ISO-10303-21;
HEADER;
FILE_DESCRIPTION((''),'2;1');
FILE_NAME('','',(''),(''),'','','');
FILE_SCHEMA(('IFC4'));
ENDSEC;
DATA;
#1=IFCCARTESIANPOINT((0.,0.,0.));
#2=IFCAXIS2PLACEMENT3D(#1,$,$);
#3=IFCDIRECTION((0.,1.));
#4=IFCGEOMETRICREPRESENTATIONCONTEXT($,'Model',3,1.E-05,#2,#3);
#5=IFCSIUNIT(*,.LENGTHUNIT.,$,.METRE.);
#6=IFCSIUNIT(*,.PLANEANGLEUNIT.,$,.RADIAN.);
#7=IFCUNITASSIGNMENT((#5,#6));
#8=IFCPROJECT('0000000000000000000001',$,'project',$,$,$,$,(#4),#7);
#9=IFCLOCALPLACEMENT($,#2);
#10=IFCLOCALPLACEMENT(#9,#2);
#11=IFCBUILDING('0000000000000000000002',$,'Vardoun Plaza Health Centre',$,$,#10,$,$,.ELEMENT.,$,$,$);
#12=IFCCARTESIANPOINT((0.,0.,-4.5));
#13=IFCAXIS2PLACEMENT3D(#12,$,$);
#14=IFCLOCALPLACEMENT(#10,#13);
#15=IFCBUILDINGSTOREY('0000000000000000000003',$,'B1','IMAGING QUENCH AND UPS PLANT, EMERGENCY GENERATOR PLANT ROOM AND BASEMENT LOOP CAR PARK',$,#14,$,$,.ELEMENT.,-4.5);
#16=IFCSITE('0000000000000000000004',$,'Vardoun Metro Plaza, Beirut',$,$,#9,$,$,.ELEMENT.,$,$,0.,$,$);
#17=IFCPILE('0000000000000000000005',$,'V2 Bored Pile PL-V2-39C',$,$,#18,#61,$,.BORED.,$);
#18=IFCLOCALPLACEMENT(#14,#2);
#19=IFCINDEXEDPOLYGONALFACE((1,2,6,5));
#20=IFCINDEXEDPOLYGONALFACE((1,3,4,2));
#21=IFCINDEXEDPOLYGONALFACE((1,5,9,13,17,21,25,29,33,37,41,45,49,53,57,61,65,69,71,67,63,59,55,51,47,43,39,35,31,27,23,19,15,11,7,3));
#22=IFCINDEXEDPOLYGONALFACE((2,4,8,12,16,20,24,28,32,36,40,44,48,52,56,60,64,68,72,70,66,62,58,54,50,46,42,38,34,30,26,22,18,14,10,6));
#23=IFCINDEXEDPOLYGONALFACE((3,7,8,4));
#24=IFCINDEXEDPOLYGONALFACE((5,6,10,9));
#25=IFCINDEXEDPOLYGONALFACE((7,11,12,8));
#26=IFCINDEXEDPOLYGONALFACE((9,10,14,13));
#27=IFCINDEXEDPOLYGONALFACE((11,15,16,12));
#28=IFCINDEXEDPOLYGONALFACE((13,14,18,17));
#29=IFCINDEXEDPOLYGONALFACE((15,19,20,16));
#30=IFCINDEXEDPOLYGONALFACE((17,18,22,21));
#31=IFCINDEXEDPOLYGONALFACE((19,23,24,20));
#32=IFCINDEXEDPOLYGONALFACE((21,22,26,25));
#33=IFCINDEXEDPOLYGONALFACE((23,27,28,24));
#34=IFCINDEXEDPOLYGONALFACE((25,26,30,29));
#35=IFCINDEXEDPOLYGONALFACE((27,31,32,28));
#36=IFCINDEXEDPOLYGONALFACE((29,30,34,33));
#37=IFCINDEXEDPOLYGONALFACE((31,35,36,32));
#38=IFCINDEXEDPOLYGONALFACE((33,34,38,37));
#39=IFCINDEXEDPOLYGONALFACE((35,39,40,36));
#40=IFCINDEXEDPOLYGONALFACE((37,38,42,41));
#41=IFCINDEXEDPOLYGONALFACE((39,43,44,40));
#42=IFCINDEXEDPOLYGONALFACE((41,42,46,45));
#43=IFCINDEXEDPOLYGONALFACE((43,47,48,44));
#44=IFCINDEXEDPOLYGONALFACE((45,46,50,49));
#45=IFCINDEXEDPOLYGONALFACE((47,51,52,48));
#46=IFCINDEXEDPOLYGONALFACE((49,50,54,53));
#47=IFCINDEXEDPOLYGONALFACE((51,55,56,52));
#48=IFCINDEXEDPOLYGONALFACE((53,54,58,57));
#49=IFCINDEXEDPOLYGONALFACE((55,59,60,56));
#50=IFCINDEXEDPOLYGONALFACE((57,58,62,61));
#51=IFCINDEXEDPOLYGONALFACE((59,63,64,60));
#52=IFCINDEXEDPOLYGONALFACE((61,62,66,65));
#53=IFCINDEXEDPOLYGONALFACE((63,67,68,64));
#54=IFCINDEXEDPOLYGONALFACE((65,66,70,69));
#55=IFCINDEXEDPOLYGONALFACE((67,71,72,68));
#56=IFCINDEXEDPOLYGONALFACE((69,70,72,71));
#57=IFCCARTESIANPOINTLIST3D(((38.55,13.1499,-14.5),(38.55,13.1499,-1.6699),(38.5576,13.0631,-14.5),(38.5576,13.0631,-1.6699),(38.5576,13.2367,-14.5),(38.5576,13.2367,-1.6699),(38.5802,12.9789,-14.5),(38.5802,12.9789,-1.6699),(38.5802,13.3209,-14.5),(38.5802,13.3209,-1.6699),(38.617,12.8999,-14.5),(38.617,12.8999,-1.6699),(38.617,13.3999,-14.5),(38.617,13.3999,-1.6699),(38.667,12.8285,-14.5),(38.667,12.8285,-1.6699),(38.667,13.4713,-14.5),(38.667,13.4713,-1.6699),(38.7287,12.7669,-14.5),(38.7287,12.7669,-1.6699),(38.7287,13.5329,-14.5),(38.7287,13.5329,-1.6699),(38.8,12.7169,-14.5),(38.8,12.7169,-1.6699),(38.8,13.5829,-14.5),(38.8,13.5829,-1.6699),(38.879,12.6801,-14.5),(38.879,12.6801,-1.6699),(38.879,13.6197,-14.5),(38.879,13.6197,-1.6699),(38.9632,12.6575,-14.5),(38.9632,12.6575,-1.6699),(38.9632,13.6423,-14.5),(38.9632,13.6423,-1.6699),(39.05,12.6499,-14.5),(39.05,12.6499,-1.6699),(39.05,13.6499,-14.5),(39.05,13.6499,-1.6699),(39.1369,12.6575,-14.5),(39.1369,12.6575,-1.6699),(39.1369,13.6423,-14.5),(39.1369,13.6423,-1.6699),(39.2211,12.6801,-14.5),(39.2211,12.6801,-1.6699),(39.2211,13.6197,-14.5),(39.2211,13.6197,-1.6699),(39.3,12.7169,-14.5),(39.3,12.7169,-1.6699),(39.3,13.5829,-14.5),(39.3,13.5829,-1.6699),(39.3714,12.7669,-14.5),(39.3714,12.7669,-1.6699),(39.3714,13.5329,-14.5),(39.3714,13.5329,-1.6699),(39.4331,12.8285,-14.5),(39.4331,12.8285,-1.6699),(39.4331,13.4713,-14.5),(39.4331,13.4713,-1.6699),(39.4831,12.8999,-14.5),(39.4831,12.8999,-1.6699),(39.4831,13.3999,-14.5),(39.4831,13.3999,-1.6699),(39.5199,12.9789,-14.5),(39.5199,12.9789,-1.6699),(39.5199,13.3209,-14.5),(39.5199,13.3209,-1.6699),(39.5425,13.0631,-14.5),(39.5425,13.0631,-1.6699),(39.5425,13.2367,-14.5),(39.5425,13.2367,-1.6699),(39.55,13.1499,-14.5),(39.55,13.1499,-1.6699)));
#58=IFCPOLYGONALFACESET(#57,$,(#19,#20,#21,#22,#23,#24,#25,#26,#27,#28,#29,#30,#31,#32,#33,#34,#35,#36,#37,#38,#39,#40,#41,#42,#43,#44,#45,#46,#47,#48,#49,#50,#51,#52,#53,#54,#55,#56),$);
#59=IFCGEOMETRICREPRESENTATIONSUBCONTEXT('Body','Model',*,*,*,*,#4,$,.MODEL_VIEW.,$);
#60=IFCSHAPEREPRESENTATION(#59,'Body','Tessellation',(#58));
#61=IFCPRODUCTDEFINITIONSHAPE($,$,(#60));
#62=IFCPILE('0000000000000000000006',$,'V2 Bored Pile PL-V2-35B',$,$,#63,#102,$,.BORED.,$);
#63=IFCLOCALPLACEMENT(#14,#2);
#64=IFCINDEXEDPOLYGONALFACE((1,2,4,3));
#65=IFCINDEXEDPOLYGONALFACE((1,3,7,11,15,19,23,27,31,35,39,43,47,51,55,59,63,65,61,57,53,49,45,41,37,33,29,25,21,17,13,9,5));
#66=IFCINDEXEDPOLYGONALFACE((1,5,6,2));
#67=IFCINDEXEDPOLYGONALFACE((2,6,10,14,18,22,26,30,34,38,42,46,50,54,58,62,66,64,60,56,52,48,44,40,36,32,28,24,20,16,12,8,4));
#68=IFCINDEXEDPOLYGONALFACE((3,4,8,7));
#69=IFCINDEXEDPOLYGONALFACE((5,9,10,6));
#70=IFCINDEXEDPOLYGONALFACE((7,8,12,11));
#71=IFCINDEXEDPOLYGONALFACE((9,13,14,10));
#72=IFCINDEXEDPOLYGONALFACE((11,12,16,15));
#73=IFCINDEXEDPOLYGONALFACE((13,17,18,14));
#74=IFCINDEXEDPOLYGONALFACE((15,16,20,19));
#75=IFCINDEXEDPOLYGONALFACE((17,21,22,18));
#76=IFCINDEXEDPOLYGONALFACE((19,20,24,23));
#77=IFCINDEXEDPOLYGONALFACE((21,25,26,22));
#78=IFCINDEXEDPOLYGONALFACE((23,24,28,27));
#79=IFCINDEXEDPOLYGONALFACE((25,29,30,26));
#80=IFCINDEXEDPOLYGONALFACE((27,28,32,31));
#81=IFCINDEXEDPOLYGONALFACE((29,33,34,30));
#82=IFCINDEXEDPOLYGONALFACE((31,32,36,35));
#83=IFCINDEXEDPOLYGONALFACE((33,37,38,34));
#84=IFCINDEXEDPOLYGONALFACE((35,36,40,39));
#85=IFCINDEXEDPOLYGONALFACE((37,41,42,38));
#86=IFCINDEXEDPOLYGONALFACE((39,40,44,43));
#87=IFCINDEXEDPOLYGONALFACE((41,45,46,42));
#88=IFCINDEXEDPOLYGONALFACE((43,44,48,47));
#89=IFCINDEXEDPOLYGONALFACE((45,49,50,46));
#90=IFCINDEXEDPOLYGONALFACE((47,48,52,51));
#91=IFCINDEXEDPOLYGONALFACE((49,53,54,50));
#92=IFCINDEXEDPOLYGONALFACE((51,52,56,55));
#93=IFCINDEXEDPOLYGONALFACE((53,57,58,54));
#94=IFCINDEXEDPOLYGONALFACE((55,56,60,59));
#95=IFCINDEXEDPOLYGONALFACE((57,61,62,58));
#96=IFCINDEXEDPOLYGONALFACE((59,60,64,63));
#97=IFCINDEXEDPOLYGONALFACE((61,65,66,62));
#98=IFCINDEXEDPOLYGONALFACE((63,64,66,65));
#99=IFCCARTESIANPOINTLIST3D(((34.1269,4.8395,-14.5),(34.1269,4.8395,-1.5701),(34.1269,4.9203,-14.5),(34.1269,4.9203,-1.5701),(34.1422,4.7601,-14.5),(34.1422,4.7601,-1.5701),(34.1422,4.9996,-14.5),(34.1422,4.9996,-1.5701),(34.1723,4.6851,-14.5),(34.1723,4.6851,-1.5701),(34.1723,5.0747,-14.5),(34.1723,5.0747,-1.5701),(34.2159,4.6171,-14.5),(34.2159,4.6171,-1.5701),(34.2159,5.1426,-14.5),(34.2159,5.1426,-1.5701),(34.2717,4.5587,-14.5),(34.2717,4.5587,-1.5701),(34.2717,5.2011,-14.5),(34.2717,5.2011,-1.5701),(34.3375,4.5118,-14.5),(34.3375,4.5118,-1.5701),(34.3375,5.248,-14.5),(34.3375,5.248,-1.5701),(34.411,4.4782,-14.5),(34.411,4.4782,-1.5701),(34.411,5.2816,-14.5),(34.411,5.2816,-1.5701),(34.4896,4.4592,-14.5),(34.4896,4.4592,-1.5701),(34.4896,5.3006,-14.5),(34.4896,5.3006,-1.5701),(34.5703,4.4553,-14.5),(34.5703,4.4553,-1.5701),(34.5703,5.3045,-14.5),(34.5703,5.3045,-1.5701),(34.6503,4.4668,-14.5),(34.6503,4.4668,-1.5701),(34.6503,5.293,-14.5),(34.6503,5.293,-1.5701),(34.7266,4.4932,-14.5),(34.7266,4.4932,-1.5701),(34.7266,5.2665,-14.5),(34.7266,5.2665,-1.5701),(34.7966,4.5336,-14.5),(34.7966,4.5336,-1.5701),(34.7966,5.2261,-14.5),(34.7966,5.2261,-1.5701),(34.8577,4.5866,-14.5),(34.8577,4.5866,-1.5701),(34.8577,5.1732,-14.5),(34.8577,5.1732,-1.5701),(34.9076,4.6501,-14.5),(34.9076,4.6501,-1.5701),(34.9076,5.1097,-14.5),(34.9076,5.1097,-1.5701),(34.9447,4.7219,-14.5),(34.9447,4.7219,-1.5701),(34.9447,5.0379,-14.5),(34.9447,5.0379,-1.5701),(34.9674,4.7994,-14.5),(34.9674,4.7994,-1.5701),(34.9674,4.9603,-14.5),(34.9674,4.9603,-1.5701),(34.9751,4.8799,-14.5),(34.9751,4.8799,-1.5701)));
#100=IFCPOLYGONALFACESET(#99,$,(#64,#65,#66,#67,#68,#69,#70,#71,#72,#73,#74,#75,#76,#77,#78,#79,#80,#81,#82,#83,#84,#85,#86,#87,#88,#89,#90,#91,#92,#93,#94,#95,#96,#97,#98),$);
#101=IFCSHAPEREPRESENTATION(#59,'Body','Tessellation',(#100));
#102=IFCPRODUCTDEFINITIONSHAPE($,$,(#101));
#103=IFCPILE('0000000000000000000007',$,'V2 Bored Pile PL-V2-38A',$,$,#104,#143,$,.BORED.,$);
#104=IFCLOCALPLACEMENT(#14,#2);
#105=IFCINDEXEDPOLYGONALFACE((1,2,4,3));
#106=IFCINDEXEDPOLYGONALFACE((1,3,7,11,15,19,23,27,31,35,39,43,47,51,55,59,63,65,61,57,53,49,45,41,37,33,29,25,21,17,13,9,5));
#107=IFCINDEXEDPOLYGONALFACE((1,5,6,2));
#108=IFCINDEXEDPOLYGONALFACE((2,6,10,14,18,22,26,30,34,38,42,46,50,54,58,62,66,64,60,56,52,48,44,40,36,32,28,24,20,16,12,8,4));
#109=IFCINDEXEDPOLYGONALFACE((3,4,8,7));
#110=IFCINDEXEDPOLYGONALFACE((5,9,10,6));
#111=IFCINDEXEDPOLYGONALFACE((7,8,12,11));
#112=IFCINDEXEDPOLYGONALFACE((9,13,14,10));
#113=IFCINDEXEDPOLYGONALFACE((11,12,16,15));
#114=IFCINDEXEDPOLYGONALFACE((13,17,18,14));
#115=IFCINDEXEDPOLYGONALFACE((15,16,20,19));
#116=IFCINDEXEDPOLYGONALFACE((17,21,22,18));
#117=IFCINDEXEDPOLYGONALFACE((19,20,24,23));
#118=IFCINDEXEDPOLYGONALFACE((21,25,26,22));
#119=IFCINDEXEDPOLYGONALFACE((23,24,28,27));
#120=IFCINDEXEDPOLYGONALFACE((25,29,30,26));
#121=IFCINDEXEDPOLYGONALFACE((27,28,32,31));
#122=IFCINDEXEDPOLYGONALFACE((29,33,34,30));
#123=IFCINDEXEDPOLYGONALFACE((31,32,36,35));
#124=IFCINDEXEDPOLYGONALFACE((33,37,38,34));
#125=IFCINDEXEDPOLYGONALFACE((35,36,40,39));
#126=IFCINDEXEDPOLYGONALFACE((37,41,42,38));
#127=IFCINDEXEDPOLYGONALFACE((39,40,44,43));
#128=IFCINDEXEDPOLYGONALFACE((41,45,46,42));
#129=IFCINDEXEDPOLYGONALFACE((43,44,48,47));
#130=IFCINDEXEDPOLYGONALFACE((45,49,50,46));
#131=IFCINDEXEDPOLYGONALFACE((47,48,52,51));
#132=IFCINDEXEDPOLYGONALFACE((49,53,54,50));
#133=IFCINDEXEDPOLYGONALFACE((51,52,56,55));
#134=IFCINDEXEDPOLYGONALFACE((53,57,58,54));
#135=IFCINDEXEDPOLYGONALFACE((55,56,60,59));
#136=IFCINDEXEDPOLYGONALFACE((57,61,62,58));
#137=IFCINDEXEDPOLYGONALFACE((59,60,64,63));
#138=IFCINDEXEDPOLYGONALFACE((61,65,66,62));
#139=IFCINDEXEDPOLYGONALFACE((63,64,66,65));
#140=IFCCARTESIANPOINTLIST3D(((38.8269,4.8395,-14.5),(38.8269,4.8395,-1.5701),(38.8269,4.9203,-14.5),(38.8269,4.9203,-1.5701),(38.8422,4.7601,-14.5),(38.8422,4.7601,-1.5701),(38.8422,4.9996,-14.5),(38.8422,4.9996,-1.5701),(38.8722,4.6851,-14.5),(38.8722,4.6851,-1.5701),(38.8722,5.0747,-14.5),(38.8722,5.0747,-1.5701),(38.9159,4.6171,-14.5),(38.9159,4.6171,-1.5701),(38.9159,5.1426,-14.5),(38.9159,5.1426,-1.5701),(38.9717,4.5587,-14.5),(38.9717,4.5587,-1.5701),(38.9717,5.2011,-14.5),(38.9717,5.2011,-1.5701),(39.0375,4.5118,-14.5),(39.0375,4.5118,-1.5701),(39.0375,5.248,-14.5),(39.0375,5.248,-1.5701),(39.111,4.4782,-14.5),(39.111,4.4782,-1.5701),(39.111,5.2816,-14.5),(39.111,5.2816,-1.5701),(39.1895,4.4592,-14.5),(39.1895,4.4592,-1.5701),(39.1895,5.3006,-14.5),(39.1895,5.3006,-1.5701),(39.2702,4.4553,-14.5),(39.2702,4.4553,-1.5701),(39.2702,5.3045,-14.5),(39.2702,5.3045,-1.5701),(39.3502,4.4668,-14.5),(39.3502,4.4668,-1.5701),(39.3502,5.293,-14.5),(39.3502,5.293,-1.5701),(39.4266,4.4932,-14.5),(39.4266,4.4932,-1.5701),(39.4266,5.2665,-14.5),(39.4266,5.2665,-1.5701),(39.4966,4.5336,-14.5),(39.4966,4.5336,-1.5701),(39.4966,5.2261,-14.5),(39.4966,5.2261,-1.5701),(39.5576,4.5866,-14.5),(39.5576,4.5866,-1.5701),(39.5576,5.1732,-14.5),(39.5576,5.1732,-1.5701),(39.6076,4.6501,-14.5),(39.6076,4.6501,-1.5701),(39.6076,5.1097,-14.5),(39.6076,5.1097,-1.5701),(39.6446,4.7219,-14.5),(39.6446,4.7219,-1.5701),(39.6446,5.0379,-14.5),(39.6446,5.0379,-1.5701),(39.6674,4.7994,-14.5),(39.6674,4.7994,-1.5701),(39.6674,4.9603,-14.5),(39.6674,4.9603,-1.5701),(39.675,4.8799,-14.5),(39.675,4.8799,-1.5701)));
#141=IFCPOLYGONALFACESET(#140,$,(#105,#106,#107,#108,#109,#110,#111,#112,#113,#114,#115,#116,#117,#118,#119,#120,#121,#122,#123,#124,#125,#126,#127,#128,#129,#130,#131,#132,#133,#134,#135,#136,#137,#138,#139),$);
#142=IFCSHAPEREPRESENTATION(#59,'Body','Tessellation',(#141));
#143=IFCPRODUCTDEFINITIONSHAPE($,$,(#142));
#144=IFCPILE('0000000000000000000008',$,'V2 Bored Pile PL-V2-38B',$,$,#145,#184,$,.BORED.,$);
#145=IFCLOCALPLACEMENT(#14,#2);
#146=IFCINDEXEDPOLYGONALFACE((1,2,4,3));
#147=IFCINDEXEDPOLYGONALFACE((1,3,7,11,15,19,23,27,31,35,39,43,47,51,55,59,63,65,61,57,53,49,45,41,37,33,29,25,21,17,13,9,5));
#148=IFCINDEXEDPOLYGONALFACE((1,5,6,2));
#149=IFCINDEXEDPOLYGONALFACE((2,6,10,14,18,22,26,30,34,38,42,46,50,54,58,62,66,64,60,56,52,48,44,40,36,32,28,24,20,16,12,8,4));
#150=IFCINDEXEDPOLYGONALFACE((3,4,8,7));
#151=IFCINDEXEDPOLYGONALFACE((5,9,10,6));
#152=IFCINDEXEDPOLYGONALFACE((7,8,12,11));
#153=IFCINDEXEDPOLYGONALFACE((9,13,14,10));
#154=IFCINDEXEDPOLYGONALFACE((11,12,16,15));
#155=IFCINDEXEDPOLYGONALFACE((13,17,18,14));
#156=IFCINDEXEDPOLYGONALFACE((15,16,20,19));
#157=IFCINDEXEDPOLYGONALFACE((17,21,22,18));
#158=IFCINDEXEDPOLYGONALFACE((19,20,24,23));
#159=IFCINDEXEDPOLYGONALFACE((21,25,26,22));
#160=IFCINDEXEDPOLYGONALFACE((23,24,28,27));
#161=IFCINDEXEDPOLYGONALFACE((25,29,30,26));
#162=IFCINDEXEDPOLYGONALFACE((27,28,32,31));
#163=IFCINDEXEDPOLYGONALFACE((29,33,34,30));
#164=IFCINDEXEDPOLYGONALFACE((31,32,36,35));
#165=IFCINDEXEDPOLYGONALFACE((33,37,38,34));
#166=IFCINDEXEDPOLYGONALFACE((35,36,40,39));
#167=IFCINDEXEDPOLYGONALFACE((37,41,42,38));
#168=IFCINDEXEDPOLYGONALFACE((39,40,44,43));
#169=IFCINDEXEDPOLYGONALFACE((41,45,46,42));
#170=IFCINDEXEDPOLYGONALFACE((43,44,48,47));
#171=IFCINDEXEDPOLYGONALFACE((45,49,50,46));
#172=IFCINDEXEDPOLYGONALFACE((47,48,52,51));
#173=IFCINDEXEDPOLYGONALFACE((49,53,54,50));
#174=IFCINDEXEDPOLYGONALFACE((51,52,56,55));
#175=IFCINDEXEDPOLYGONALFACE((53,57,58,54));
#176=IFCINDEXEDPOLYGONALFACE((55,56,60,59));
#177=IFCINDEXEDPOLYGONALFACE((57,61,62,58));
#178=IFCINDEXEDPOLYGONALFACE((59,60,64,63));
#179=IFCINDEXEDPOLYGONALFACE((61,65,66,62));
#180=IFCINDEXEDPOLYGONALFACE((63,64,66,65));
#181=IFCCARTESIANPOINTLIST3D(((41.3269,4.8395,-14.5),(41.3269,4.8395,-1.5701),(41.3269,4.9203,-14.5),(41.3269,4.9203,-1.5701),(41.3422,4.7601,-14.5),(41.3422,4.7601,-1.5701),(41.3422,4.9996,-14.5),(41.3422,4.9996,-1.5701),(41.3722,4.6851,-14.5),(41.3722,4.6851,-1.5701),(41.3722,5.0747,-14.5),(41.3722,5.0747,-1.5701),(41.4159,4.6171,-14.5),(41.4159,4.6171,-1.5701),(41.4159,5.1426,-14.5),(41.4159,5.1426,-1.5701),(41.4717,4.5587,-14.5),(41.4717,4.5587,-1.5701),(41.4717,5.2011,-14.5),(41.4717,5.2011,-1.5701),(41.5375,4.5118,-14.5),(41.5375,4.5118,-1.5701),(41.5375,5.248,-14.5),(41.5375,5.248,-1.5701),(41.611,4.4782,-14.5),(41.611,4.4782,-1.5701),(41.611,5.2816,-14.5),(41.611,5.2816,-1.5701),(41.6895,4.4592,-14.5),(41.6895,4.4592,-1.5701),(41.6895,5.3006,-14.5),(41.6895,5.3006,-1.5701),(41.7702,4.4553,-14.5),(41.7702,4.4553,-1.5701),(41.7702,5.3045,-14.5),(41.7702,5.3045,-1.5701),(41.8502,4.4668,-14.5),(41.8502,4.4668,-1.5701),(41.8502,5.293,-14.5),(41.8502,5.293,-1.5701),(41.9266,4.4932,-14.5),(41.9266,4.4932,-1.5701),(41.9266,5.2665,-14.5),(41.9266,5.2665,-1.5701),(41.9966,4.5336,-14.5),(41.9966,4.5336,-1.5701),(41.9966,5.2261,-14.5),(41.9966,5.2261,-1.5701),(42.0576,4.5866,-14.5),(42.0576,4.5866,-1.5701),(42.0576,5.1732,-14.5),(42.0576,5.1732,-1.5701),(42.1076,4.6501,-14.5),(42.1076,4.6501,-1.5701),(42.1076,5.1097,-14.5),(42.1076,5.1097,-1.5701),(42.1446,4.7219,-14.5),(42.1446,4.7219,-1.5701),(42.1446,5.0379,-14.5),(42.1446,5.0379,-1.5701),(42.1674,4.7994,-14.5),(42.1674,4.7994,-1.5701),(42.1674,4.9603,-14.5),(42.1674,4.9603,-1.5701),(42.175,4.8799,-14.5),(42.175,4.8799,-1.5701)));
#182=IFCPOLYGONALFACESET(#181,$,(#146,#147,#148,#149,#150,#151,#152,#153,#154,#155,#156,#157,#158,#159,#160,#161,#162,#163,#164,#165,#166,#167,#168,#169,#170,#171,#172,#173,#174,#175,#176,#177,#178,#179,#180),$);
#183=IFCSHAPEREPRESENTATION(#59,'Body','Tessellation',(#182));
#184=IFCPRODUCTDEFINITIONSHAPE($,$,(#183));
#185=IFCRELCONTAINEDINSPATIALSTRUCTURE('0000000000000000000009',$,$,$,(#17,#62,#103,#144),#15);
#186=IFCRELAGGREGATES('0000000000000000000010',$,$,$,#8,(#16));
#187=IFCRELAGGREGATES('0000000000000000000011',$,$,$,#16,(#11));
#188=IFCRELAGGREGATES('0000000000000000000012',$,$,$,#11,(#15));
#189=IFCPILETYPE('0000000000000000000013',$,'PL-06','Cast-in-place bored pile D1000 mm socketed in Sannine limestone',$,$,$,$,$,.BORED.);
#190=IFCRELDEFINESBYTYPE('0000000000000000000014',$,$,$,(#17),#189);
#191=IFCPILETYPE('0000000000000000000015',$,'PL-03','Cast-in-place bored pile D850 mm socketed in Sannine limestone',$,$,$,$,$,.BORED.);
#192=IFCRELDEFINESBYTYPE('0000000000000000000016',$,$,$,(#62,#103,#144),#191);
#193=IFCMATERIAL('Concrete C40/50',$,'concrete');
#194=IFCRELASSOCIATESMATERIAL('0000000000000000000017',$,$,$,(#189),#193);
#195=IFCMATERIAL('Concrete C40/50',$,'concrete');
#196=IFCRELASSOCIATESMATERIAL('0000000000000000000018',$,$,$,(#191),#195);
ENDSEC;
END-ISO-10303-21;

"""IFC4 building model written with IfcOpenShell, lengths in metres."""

from ifc_helpers import new_model, si_unit, direction, frame, origin, origin_2d, place, context, subcontext, project, spatial, circle, extrude, material, material_profile, profile_set, type_object, element, save


model = new_model("IFC4")

# Units and contexts
model_context = context("Model", 3, precision=1e-05, world=origin(), true_north=direction((0.0, 1.0)))
body_context = subcontext(model_context, "Body", "Model", "MODEL_VIEW")
ifc_project = project(units=[si_unit("LENGTHUNIT", "METRE"), si_unit("PLANEANGLEUNIT", "RADIAN")], contexts=[model_context])

# Site, building, storey
site_placement = place(None, origin())
site = spatial("IfcSite", under=ifc_project, at=site_placement, Name="Vardoun Metro Plaza, Beirut", CompositionType="ELEMENT", RefElevation=0.0)
building_placement = place(site_placement, origin())
building = spatial("IfcBuilding", under=site, at=building_placement, Name="Vardoun Plaza Health Centre", CompositionType="ELEMENT")
storey_placement = place(building_placement, frame((0.0, 0.0, -4.5)))
storey = spatial("IfcBuildingStorey", under=building, at=storey_placement, Name="B1", Description="IMAGING QUENCH AND UPS PLANT, EMERGENCY GENERATOR PLANT ROOM AND BASEMENT LOOP CAR PARK", CompositionType="ELEMENT", Elevation=-4.5)

# Piles
ifc_material_1 = material(Name="Concrete C40/50", Category="concrete")
ifc_material_profile_1 = material_profile(ifc_material_1, circle(Radius=0.5, at=origin_2d()), Name="PILE D1000")
ifc_profile_set_1 = profile_set([ifc_material_profile_1], Name="Concrete C40/50")
pile_type_1 = type_object("IfcPileType", Name="PL-06", Description="Cast-in-place bored pile D1000 mm socketed in Sannine limestone", PredefinedType="BORED", material=ifc_profile_set_1)
for number, where, z_axis, x_axis, name in (
    (1, (39.05, 13.1499, -1.6699), (0.0, 0.0, -1.0), (1.0, 0.0, 0.0), "V2 Bored Pile PL-V2-39C"),
):
    element("IfcPile", number, at=place(storey_placement, frame(where, z_axis=z_axis, x_axis=x_axis)), inside=storey, type_object=pile_type_1, Name=name, PredefinedType="BORED", context=body_context, shape_type="SweptSolid", body=[
        extrude(circle(Radius=0.5, at=origin_2d()), origin(), (0.0, 0.0, 1.0), 12.8301),
    ])
ifc_material_2 = material(Name="Concrete C40/50", Category="concrete")
ifc_material_profile_2 = material_profile(ifc_material_2, circle(Radius=0.425, at=origin_2d()), Name="PILE D850")
ifc_profile_set_2 = profile_set([ifc_material_profile_2], Name="Concrete C40/50")
pile_type_2 = type_object("IfcPileType", Name="PL-03", Description="Cast-in-place bored pile D850 mm socketed in Sannine limestone", PredefinedType="BORED", material=ifc_profile_set_2)
for number, where, z_axis, x_axis, name in (
    (2, (34.55, 4.8799, -1.5701), (0.0, 0.0, -1.0), (1.0, 0.0, 0.0), "V2 Bored Pile PL-V2-35B"),
    (3, (39.25, 4.8799, -1.5701), (0.0, 0.0, -1.0), (1.0, 0.0, 0.0), "V2 Bored Pile PL-V2-38A"),
    (4, (41.75, 4.8799, -1.5701), (0.0, 0.0, -1.0), (1.0, 0.0, 0.0), "V2 Bored Pile PL-V2-38B"),
):
    element("IfcPile", number, at=place(storey_placement, frame(where, z_axis=z_axis, x_axis=x_axis)), inside=storey, type_object=pile_type_2, Name=name, PredefinedType="BORED", context=body_context, shape_type="SweptSolid", body=[
        extrude(circle(Radius=0.425, at=origin_2d()), origin(), (0.0, 0.0, 1.0), 12.9299),
    ])

save(model, "model.ifc")
